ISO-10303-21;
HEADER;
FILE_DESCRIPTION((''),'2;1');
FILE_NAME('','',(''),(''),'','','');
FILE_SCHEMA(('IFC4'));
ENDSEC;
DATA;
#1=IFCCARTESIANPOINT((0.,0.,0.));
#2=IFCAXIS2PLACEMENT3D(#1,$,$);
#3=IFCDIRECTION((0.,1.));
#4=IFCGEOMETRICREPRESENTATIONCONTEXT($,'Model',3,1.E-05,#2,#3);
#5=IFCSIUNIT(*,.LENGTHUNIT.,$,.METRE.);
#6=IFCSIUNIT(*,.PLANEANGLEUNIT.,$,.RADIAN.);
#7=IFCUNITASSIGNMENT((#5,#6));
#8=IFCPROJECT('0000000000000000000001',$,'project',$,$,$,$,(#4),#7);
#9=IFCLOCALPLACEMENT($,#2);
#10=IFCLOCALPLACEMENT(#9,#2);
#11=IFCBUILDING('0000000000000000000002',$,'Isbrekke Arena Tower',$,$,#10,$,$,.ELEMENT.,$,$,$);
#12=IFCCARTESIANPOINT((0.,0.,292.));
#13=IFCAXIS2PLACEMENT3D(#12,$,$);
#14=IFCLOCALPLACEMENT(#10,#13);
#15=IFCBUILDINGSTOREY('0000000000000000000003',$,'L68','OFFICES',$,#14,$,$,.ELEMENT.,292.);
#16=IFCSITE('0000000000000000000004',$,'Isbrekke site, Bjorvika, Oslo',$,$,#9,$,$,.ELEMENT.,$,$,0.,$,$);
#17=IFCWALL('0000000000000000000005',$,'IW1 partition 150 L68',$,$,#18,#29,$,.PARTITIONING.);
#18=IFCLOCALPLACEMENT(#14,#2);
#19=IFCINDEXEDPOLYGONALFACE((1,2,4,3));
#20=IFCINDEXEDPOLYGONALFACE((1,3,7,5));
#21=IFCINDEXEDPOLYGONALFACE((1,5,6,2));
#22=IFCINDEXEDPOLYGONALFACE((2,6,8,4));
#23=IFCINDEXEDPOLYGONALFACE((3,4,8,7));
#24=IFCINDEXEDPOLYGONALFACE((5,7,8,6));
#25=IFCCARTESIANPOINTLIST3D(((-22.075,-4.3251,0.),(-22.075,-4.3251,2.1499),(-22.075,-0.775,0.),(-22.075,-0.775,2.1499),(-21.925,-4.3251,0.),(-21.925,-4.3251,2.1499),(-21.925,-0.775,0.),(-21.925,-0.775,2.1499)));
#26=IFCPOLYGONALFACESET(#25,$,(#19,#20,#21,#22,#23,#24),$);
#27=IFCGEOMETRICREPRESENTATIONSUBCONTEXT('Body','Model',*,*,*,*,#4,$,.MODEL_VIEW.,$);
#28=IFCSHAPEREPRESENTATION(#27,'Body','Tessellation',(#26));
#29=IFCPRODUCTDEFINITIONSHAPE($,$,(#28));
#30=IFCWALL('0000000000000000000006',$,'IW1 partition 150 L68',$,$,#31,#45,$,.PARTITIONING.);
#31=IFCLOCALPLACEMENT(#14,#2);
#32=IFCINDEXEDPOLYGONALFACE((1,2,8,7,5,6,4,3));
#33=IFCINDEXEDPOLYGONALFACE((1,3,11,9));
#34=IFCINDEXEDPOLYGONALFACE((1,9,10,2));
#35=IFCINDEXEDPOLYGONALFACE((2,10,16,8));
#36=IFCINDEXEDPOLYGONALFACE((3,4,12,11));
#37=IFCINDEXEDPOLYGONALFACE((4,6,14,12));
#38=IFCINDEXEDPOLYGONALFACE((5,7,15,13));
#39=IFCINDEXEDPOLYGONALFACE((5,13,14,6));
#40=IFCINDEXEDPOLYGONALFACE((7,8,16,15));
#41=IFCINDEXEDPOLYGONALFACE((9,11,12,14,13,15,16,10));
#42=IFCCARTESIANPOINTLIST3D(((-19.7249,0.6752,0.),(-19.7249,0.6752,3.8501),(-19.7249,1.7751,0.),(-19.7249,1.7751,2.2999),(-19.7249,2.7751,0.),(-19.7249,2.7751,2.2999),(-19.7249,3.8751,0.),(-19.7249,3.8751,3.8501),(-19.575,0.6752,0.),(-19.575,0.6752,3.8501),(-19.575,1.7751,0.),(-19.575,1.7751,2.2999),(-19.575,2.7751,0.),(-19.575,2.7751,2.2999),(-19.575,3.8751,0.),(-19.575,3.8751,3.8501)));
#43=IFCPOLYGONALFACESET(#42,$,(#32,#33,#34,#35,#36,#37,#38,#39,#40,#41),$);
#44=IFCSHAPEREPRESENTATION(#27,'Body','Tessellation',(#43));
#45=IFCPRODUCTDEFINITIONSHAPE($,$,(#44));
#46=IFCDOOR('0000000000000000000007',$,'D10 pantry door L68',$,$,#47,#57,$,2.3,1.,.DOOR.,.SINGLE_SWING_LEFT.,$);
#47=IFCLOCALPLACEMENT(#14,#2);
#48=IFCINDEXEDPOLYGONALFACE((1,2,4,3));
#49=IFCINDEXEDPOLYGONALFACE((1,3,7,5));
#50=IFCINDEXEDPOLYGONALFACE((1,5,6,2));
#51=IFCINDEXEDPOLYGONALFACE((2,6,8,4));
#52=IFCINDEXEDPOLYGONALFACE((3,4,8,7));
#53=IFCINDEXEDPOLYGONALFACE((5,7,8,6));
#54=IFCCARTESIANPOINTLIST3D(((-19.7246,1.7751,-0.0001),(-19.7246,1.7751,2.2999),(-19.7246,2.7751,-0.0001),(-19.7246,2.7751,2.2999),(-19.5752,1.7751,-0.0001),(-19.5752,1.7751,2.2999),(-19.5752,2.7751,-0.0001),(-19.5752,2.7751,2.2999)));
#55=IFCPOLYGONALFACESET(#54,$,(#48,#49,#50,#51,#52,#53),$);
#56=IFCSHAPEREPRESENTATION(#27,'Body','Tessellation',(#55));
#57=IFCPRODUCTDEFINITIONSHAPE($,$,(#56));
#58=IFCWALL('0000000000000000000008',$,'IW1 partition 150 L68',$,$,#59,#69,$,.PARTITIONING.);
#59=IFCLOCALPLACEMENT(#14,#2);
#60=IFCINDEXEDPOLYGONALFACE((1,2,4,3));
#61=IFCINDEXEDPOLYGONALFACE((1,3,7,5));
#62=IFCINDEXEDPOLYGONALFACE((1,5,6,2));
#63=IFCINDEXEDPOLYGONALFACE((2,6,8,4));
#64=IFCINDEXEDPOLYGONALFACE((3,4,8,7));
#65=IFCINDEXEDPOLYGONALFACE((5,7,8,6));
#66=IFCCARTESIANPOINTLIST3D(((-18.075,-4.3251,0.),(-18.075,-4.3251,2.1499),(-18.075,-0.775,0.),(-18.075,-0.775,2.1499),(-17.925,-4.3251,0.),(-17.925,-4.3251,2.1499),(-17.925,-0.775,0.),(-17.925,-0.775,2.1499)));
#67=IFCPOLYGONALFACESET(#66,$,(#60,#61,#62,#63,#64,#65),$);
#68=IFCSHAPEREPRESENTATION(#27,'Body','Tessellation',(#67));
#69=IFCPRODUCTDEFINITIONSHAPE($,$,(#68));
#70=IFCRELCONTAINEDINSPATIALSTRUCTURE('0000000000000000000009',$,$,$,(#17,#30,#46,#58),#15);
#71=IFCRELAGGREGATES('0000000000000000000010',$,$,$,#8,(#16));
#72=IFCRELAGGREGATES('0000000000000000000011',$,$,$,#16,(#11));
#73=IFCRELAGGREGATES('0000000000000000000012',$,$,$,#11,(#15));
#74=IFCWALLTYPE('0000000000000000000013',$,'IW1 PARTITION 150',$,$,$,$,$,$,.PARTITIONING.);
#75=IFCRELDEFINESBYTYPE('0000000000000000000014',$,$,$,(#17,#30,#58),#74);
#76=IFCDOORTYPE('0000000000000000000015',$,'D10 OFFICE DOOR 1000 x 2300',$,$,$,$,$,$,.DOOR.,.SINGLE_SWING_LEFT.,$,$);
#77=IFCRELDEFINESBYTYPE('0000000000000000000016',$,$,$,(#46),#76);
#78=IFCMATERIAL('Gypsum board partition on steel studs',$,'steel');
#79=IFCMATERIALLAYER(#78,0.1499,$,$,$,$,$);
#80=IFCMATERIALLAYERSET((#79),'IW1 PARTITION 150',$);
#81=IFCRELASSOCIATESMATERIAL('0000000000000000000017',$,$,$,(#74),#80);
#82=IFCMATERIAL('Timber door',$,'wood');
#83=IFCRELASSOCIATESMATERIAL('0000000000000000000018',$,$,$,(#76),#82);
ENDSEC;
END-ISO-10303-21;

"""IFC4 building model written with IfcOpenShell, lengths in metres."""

from ifc_helpers import new_model, si_unit, direction, frame, frame_2d, origin, place, context, subcontext, project, spatial, rectangle, extrude, material, layer, layer_set, type_object, element, fill, save


model = new_model("IFC4")

# Units and contexts
model_context = context("Model", 3, precision=1e-05, world=origin(), true_north=direction((0.0, 1.0)))
body_context = subcontext(model_context, "Body", "Model", "MODEL_VIEW")
ifc_project = project(units=[si_unit("LENGTHUNIT", "METRE"), si_unit("PLANEANGLEUNIT", "RADIAN")], contexts=[model_context])

# Site, building, storey
site_placement = place(None, origin())
site = spatial("IfcSite", under=ifc_project, at=site_placement, Name="Isbrekke site, Bjorvika, Oslo", CompositionType="ELEMENT", RefElevation=0.0)
building_placement = place(site_placement, origin())
building = spatial("IfcBuilding", under=site, at=building_placement, Name="Isbrekke Arena Tower", CompositionType="ELEMENT")
storey_placement = place(building_placement, frame((0.0, 0.0, 292.0)))
storey = spatial("IfcBuildingStorey", under=building, at=storey_placement, Name="L68", Description="OFFICES", CompositionType="ELEMENT", Elevation=292.0)

# Shared definitions
ifc_material_1 = material(Name="Gypsum board partition on steel studs", Category="steel")
ifc_layer = layer(ifc_material_1, 0.1499)
ifc_layer_set = layer_set([ifc_layer], Name="IW1 PARTITION 150")
wall_type = type_object("IfcWallType", Name="IW1 PARTITION 150", PredefinedType="PARTITIONING", material=ifc_layer_set)

# Shared definitions
ifc_material_2 = material(Name="Timber door", Category="wood")
door_type = type_object("IfcDoorType", Name="D10 OFFICE DOOR 1000 x 2300", OperationType="SINGLE_SWING_LEFT", PredefinedType="DOOR", material=ifc_material_2)

# Wall
wall_1_placement = place(storey_placement, frame((-22.0, -4.325, 0.0), z_axis=(0.0, 0.0, 1.0), x_axis=(0.0, 1.0, 0.0)))
element("IfcWall", 1, at=wall_1_placement, inside=storey, type_object=wall_type, Name="IW1 partition 150 L68", PredefinedType="PARTITIONING", context=body_context, shape_type="SweptSolid", body=[
    extrude(rectangle(XDim=3.55, YDim=0.1499, at=frame_2d((1.7749, 0.0))), origin(), (0.0, 0.0, 1.0), 2.1499),
])

# Wall, opening, door
wall_2_placement = place(storey_placement, frame((-19.6499, 0.675, 0.0), z_axis=(0.0, 0.0, 1.0), x_axis=(0.0, 1.0, 0.0)))
wall_2 = element("IfcWall", 2, at=wall_2_placement, inside=storey, type_object=wall_type, Name="IW1 partition 150 L68", PredefinedType="PARTITIONING", context=body_context, shape_type="SweptSolid", body=[
    extrude(rectangle(XDim=3.2, YDim=0.1499, at=frame_2d((1.6001, 0.0))), origin(), (0.0, 0.0, 1.0), 3.8501),
])
opening_1_placement = place(wall_2_placement, frame((1.1001, 0.0, 0.0)))
opening_1 = element("IfcOpeningElement", 3, at=opening_1_placement, cuts=wall_2, PredefinedType="OPENING", context=body_context, shape_type="SweptSolid", body=[
    extrude(rectangle(XDim=1.0, YDim=2.3, at=frame_2d((0.5, 1.1499))), frame((0.0, 0.0898, 0.0), z_axis=(0.0, -1.0, 0.0), x_axis=(1.0, 0.0, 0.0)), (0.0, 0.0, 1.0), 0.1797),
])
door_1_placement = place(opening_1_placement, origin())
door_1 = element("IfcDoor", 4, at=door_1_placement, inside=storey, type_object=door_type, Name="D10 pantry door L68", OperationType="SINGLE_SWING_LEFT", OverallHeight=2.3, OverallWidth=1.0, PredefinedType="DOOR", context=body_context, shape_type="SweptSolid", body=[
    extrude(rectangle(XDim=1.0, YDim=2.3, at=frame_2d((0.5, 1.1499))), frame((0.0, 0.0747, 0.0), z_axis=(0.0, -1.0, 0.0), x_axis=(1.0, 0.0, 0.0)), (0.0, 0.0, 1.0), 0.1494),
])
fill(opening_1, door_1)

# Wall
wall_3_placement = place(storey_placement, frame((-18.0, -4.325, 0.0), z_axis=(0.0, 0.0, 1.0), x_axis=(0.0, 1.0, 0.0)))
element("IfcWall", 5, at=wall_3_placement, inside=storey, type_object=wall_type, Name="IW1 partition 150 L68", PredefinedType="PARTITIONING", context=body_context, shape_type="SweptSolid", body=[
    extrude(rectangle(XDim=3.55, YDim=0.1499, at=frame_2d((1.7749, 0.0))), origin(), (0.0, 0.0, 1.0), 2.1499),
])

save(model, "model.ifc")
